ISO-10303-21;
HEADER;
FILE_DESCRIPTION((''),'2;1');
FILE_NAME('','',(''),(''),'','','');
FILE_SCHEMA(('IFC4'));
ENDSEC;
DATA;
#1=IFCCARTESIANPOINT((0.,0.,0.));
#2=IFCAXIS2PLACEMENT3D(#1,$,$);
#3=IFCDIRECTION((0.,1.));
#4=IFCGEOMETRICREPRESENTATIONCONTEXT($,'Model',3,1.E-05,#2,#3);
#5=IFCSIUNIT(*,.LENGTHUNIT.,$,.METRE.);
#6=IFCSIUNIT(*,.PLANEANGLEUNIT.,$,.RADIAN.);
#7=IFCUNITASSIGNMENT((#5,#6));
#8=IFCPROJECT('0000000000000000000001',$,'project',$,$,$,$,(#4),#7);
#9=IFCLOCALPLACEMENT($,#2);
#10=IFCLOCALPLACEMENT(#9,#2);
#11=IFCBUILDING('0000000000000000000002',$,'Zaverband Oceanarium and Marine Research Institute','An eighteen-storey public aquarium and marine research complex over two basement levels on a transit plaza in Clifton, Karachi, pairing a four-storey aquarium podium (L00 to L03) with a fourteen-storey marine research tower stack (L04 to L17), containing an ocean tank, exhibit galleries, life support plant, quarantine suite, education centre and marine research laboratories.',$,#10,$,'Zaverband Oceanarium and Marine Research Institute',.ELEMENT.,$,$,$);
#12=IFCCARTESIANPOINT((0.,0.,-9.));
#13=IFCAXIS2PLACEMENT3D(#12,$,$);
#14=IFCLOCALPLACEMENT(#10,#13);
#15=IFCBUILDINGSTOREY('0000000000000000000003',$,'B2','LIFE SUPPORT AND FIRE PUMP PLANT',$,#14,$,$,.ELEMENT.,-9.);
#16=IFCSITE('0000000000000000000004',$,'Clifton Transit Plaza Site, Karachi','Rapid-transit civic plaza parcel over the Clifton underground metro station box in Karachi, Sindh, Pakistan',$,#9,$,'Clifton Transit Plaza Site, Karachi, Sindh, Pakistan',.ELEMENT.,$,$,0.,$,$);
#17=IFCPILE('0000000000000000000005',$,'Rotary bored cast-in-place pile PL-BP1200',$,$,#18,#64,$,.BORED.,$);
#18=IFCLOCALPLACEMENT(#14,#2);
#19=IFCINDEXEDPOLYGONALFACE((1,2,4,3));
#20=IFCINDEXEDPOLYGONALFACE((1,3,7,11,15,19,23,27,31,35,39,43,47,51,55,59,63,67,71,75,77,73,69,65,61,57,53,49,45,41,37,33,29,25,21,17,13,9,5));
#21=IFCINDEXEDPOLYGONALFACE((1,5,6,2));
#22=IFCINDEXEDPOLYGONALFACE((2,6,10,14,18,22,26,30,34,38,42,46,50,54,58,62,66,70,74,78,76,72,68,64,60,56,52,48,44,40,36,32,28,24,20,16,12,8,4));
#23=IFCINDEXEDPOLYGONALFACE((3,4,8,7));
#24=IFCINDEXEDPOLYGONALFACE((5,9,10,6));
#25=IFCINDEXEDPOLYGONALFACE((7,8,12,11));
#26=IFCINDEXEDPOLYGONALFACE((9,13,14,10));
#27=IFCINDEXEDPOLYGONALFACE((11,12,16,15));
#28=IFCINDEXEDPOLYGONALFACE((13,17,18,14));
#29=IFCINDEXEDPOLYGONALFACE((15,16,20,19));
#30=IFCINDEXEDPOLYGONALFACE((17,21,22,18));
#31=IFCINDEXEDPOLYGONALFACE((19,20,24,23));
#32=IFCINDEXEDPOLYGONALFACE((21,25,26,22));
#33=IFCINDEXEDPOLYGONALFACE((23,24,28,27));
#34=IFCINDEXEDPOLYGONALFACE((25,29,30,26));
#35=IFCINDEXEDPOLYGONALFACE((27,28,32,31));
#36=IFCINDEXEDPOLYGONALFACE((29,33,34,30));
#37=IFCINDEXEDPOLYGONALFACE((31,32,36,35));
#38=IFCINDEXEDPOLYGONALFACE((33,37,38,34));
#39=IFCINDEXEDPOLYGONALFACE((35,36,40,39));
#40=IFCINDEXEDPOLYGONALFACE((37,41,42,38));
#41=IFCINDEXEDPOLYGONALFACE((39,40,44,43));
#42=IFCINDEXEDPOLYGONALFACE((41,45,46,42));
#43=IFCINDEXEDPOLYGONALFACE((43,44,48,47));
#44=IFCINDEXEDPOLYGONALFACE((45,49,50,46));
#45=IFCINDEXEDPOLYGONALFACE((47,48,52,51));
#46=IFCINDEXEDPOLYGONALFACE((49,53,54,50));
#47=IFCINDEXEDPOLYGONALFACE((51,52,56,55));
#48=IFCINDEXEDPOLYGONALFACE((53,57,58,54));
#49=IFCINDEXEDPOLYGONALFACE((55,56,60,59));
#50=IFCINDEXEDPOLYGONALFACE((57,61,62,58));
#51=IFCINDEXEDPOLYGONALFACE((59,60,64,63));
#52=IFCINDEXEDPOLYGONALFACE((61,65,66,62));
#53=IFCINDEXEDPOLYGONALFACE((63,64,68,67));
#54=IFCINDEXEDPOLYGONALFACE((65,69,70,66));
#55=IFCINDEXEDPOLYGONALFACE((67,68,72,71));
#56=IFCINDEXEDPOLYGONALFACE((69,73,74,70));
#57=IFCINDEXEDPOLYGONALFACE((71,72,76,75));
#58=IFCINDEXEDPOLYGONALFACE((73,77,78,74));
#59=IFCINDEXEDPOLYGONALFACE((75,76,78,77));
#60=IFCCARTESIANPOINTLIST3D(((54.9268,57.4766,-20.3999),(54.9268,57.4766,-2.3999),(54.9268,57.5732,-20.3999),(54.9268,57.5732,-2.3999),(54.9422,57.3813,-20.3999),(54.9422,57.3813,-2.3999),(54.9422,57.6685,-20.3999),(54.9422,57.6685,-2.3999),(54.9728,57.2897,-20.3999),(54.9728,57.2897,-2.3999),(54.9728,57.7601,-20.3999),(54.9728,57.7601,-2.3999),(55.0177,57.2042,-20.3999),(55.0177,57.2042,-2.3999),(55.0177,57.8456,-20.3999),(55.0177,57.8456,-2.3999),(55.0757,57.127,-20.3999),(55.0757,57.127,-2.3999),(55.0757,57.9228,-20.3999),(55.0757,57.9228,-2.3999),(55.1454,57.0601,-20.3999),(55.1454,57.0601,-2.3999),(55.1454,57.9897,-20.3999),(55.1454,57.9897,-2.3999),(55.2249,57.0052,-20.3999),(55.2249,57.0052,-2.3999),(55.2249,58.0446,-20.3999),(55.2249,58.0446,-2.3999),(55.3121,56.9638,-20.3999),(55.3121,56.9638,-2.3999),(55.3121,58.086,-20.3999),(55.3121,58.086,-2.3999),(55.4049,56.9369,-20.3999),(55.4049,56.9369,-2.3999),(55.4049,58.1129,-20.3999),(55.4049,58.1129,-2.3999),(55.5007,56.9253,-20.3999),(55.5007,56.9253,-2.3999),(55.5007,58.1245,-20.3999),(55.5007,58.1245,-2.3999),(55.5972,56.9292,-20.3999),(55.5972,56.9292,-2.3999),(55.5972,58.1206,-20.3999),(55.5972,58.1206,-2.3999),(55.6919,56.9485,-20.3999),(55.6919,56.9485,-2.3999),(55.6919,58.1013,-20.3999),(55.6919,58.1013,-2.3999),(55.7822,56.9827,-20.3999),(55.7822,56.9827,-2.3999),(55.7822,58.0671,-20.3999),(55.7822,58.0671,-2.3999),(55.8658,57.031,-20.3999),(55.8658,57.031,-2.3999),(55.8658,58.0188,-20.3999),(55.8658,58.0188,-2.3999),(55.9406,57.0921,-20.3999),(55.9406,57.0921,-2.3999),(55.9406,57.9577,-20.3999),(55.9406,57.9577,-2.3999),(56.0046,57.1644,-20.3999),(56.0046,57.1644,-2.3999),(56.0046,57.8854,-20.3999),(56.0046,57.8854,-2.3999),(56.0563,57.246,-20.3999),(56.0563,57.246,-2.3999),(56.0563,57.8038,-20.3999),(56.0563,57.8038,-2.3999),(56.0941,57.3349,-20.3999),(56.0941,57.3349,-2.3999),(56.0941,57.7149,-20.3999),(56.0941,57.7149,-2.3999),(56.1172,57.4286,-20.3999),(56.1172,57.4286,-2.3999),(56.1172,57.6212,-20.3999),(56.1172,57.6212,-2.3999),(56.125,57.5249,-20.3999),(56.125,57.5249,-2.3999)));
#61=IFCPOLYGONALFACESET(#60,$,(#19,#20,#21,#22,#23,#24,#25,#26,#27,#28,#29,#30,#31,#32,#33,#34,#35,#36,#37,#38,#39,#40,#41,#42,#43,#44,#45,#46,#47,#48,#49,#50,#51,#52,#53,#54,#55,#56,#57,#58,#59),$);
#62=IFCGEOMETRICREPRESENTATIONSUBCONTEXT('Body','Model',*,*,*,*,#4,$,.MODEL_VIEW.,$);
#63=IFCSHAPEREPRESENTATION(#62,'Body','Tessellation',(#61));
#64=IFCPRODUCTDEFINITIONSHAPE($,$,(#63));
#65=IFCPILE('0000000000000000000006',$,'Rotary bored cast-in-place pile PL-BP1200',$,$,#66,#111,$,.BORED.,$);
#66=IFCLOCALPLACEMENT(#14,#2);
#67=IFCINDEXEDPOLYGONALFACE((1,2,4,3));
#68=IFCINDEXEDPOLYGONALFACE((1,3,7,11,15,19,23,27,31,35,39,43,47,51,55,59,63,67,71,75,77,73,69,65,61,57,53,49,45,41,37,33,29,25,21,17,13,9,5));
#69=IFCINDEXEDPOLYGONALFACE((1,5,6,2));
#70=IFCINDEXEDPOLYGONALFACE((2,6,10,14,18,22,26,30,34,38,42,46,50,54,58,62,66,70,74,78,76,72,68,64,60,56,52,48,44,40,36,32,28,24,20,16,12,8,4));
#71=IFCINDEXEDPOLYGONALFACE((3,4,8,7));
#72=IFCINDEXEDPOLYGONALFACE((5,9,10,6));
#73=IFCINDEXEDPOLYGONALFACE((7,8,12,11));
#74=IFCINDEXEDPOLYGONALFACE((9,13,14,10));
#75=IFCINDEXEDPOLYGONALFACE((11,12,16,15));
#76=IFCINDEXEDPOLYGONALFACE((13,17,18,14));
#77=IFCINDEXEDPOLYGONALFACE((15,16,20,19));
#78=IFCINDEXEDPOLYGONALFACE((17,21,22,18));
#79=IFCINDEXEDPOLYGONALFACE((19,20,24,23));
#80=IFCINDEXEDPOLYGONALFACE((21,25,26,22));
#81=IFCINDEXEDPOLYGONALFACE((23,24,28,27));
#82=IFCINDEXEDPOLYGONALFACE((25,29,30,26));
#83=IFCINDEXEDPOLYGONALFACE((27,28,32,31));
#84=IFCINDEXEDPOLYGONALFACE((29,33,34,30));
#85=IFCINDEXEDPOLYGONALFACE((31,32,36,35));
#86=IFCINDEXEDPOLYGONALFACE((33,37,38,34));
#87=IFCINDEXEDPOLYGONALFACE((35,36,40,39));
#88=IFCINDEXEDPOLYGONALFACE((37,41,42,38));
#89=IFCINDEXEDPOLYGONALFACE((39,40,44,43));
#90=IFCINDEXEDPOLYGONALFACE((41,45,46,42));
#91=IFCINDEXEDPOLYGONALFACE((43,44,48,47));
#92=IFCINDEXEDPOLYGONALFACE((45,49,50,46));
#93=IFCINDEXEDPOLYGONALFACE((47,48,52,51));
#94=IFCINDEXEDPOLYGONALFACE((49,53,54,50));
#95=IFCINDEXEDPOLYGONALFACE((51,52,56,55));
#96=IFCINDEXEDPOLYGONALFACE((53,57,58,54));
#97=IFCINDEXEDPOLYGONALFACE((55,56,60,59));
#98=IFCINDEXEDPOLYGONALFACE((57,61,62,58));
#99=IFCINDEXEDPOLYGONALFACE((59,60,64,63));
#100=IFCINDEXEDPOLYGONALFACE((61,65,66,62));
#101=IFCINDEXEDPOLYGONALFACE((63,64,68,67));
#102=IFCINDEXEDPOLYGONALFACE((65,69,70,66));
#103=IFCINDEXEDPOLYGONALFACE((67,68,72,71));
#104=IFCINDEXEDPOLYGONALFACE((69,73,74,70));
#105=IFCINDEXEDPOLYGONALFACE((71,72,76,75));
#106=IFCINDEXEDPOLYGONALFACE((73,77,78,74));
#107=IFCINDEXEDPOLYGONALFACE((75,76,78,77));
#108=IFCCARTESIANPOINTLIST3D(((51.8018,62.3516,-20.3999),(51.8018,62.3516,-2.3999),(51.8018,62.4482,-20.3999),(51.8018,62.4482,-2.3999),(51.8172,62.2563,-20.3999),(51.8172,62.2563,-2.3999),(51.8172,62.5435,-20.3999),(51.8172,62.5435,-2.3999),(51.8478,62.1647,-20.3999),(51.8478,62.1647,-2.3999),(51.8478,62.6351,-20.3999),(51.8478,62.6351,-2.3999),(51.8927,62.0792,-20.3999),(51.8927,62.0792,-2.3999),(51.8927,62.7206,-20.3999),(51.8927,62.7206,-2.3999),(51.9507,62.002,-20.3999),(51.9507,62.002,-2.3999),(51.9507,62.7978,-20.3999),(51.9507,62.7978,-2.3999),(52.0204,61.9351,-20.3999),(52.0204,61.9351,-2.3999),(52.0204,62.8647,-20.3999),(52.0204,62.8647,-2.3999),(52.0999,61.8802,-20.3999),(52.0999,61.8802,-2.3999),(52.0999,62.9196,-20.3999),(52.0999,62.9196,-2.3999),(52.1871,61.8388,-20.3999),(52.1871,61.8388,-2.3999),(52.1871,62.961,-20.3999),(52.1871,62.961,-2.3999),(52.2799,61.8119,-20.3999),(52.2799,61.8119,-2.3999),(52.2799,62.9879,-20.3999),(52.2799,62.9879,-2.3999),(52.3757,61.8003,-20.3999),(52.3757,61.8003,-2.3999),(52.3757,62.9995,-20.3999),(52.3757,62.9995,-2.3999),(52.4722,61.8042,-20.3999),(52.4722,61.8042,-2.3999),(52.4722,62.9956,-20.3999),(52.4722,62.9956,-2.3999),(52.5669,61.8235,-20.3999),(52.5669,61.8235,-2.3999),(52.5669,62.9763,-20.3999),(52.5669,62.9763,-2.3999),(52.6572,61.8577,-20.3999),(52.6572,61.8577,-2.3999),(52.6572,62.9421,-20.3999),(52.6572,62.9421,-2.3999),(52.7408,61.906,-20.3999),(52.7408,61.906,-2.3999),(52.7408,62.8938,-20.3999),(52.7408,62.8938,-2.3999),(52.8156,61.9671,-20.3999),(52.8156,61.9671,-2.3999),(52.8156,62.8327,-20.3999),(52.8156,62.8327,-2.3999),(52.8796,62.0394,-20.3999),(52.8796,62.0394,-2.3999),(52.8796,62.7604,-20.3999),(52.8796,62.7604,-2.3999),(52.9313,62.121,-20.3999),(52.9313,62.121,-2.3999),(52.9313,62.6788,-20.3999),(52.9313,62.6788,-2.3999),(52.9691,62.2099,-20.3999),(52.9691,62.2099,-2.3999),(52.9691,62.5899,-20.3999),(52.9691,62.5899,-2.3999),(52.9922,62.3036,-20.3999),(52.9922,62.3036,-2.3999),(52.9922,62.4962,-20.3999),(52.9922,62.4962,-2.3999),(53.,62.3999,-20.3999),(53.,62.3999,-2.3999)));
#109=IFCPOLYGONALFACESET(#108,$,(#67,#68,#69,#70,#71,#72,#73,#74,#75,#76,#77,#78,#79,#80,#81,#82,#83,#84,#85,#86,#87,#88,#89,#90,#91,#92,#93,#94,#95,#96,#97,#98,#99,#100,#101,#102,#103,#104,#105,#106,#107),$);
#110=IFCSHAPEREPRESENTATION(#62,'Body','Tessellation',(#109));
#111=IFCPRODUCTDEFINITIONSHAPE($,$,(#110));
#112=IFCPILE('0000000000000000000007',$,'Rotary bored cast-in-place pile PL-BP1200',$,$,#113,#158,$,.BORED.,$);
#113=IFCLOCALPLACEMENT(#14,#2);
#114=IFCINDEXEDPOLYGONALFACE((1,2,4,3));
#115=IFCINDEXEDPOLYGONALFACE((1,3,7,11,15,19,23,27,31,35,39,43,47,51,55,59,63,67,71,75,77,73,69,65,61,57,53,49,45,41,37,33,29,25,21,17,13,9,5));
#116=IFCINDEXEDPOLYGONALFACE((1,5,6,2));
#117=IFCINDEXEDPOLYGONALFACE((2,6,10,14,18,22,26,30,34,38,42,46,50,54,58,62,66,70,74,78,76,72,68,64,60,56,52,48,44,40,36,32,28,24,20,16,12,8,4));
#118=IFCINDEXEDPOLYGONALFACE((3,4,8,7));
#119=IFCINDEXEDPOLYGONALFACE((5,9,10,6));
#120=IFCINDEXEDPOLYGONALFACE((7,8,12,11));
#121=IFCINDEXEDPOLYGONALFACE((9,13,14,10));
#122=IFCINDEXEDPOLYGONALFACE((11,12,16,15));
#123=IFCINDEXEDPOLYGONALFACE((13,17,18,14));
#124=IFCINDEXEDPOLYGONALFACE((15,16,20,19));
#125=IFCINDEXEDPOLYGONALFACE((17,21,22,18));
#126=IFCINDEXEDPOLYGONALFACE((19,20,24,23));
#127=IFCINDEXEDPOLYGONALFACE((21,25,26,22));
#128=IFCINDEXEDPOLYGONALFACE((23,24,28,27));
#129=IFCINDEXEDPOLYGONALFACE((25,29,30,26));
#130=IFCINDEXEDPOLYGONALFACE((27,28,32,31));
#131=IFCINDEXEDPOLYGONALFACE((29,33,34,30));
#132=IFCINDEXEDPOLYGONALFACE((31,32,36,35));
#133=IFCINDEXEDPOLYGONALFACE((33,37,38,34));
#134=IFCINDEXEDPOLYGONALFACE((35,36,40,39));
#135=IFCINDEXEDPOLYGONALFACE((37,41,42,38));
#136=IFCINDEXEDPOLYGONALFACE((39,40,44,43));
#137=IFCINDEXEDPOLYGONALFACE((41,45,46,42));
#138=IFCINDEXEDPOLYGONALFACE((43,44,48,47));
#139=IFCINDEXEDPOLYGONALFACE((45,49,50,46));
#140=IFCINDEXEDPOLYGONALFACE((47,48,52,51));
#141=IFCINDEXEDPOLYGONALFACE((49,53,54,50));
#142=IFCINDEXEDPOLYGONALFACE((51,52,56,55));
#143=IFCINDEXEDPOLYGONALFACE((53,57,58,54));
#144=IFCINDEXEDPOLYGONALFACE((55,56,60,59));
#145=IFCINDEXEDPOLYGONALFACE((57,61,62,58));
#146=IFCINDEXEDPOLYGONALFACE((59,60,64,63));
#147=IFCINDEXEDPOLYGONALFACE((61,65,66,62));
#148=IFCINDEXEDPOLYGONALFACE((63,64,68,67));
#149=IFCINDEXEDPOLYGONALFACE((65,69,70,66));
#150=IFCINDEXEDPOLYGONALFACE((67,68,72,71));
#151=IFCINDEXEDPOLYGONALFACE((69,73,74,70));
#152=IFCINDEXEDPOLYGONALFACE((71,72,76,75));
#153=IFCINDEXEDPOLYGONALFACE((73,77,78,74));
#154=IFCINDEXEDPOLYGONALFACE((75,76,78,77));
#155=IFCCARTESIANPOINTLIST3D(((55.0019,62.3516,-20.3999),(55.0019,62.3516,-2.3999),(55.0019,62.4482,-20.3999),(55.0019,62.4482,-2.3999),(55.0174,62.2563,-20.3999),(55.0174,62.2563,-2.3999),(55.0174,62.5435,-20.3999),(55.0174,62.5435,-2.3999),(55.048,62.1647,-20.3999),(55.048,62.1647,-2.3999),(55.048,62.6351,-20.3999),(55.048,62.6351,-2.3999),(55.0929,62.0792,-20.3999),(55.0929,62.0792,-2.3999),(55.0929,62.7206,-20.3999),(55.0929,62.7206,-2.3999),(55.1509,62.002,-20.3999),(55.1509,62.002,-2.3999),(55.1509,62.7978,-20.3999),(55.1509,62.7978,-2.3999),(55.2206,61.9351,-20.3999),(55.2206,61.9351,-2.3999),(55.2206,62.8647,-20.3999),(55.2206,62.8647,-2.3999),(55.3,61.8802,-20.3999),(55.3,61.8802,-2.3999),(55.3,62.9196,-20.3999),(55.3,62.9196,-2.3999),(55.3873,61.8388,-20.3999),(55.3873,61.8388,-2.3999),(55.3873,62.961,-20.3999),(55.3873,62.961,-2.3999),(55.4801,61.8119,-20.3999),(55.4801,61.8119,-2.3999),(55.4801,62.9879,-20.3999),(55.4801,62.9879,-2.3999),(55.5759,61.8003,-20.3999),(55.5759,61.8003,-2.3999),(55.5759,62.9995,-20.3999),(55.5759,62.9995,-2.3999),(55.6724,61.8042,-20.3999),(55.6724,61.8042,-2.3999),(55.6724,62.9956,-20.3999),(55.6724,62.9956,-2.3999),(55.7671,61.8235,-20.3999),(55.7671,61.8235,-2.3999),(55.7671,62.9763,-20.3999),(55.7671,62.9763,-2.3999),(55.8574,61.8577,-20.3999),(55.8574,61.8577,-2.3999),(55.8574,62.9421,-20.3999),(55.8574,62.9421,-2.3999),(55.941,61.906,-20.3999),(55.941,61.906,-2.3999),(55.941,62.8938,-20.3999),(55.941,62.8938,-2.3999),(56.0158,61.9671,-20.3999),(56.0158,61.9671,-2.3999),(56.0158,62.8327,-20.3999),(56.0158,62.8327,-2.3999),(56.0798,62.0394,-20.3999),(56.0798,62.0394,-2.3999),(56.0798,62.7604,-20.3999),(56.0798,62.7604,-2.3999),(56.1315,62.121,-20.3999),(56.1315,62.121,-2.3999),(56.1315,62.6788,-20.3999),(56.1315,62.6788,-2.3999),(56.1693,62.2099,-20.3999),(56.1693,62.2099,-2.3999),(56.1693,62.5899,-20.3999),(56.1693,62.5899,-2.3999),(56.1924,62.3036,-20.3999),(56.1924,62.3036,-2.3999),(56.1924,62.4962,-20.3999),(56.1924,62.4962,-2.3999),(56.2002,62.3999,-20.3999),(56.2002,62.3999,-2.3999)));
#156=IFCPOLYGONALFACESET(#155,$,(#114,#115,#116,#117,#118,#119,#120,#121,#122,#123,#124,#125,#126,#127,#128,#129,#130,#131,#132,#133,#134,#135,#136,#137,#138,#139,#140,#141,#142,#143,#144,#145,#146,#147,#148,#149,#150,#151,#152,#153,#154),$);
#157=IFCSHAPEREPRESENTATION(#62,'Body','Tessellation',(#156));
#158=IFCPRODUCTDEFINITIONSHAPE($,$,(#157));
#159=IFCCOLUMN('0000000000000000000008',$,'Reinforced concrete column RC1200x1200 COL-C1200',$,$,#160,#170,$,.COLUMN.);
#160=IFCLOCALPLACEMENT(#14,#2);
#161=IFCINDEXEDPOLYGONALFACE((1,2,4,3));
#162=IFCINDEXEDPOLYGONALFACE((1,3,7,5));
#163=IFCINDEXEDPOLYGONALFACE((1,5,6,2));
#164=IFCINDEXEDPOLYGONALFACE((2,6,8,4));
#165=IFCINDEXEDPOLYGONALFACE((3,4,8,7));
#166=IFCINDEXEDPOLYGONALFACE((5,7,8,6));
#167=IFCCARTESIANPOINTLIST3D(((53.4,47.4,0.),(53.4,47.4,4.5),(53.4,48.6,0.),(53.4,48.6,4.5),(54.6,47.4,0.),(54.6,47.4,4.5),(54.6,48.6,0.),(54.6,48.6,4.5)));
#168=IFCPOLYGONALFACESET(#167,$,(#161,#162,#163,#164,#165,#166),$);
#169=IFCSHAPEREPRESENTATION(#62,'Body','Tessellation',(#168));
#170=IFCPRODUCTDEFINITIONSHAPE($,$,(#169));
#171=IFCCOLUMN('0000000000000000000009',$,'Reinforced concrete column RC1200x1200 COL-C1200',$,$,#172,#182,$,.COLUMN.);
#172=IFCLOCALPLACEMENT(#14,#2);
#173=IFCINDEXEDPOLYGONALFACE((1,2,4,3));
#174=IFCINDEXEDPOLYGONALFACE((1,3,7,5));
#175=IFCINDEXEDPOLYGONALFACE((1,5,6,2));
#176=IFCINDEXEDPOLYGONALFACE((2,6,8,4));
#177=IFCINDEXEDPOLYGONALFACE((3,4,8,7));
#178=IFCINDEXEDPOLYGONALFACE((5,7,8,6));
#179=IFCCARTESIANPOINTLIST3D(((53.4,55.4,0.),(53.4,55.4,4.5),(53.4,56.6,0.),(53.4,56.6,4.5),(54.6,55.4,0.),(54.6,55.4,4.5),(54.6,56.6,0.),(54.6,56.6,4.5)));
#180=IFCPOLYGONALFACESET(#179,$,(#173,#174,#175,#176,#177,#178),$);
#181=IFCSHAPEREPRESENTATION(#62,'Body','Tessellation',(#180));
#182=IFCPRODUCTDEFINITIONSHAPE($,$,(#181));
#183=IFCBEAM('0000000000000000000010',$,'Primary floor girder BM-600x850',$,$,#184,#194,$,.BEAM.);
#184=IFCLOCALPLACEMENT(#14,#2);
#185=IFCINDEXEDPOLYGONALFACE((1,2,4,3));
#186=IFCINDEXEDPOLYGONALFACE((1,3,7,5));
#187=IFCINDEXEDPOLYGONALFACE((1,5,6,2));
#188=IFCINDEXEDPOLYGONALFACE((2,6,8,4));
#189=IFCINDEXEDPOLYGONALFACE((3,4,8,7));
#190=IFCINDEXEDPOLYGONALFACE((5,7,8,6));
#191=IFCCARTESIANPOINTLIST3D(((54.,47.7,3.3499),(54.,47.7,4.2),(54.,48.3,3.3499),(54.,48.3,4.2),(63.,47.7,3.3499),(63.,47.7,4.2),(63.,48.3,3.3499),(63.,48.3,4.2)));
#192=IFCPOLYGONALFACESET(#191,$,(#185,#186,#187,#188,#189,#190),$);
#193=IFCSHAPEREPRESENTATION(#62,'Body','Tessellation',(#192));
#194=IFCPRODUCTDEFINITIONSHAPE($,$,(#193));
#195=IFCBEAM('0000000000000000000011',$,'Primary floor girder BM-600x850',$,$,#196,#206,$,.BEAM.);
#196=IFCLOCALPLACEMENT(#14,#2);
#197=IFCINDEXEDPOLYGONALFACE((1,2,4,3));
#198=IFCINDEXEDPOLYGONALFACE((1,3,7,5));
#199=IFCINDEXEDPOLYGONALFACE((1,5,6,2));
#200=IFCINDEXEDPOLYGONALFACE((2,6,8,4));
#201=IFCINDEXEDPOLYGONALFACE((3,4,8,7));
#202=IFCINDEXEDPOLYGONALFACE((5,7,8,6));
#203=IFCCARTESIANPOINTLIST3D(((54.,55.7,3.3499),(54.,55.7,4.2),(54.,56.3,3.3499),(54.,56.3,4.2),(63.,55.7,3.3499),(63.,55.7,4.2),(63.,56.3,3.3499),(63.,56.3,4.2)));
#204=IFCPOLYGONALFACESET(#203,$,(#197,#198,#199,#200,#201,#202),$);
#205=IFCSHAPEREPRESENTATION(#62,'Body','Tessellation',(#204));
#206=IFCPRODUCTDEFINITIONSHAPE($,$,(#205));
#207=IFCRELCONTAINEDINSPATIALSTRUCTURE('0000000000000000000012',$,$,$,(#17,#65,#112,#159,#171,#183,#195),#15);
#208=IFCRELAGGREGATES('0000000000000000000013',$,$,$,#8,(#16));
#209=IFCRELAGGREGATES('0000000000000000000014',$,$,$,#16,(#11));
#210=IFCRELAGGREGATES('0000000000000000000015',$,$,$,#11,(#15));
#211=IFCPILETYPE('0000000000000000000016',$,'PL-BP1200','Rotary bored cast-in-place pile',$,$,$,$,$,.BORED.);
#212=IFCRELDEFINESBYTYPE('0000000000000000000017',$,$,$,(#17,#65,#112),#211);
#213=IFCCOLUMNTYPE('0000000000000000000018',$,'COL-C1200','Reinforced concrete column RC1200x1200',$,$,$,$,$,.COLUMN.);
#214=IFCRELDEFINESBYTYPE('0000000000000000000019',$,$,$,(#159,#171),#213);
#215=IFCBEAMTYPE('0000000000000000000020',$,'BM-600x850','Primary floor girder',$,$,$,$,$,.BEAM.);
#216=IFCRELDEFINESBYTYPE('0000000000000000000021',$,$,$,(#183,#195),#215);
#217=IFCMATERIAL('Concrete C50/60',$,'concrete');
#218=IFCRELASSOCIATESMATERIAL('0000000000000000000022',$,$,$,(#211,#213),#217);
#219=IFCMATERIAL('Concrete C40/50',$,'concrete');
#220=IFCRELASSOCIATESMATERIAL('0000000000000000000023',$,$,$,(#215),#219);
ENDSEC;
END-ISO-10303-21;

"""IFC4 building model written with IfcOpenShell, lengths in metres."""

from ifc_helpers import new_model, si_unit, direction, frame, origin, origin_2d, place, context, subcontext, project, spatial, rectangle, circle, extrude, material, material_profile, profile_set, type_object, element, save


model = new_model("IFC4")

# Units and contexts
model_context = context("Model", 3, precision=1e-05, world=origin(), true_north=direction((0.0, 1.0)))
body_context = subcontext(model_context, "Body", "Model", "MODEL_VIEW")
ifc_project = project(units=[si_unit("LENGTHUNIT", "METRE"), si_unit("PLANEANGLEUNIT", "RADIAN")], contexts=[model_context])

# Site, building, storey
site_placement = place(None, origin())
site = spatial("IfcSite", under=ifc_project, at=site_placement, Name="Clifton Transit Plaza Site, Karachi", Description="Rapid-transit civic plaza parcel over the Clifton underground metro station box in Karachi, Sindh, Pakistan", LongName="Clifton Transit Plaza Site, Karachi, Sindh, Pakistan", CompositionType="ELEMENT", RefElevation=0.0)
building_placement = place(site_placement, origin())
building = spatial("IfcBuilding", under=site, at=building_placement, Name="Zaverband Oceanarium and Marine Research Institute", Description="An eighteen-storey public aquarium and marine research complex over two basement levels on a transit plaza in Clifton, Karachi, pairing a four-storey aquarium podium (L00 to L03) with a fourteen-storey marine research tower stack (L04 to L17), containing an ocean tank, exhibit galleries, life support plant, quarantine suite, education centre and marine research laboratories.", LongName="Zaverband Oceanarium and Marine Research Institute", CompositionType="ELEMENT")
storey_placement = place(building_placement, frame((0.0, 0.0, -9.0)))
storey = spatial("IfcBuildingStorey", under=building, at=storey_placement, Name="B2", Description="LIFE SUPPORT AND FIRE PUMP PLANT", CompositionType="ELEMENT", Elevation=-9.0)

# Shared definitions
ifc_material_1 = material(Name="Concrete C50/60", Category="concrete")

# Piles
ifc_material_profile_1 = material_profile(ifc_material_1, circle(Radius=0.6001, at=origin_2d()), Name="BP1200")
ifc_profile_set_1 = profile_set([ifc_material_profile_1], Name="Concrete C50/60")
pile_type = type_object("IfcPileType", Name="PL-BP1200", Description="Rotary bored cast-in-place pile", PredefinedType="BORED", material=ifc_profile_set_1)
for number, where, z_axis, x_axis, name in (
    (1, (55.5249, 57.5249, -2.3999), (0.0, 0.0, -1.0), (1.0, 0.0, 0.0), "Rotary bored cast-in-place pile PL-BP1200"),
    (2, (52.3999, 62.3999, -2.3999), (0.0, 0.0, -1.0), (1.0, 0.0, 0.0), "Rotary bored cast-in-place pile PL-BP1200"),
    (3, (55.6001, 62.3999, -2.3999), (0.0, 0.0, -1.0), (1.0, 0.0, 0.0), "Rotary bored cast-in-place pile PL-BP1200"),
):
    element("IfcPile", number, at=place(storey_placement, frame(where, z_axis=z_axis, x_axis=x_axis)), inside=storey, type_object=pile_type, Name=name, PredefinedType="BORED", context=body_context, shape_type="SweptSolid", body=[
        extrude(circle(Radius=0.6001, at=origin_2d()), origin(), (0.0, 0.0, 1.0), 18.0),
    ])

# Columns
ifc_material_profile_2 = material_profile(ifc_material_1, rectangle(XDim=1.2, YDim=1.2, at=origin_2d()), Name="RC1200x1200")
ifc_profile_set_2 = profile_set([ifc_material_profile_2], Name="Concrete C50/60")
column_type = type_object("IfcColumnType", Name="COL-C1200", Description="Reinforced concrete column RC1200x1200", PredefinedType="COLUMN", material=ifc_profile_set_2)
for number, where, z_axis, x_axis, name in (
    (4, (54.0, 48.0, 0.0), (0.0, 0.0, 1.0), (1.0, 0.0, 0.0), "Reinforced concrete column RC1200x1200 COL-C1200"),
    (5, (54.0, 56.0, 0.0), (0.0, 0.0, 1.0), (1.0, 0.0, 0.0), "Reinforced concrete column RC1200x1200 COL-C1200"),
):
    element("IfcColumn", number, at=place(storey_placement, frame(where, z_axis=z_axis, x_axis=x_axis)), inside=storey, type_object=column_type, Name=name, PredefinedType="COLUMN", context=body_context, shape_type="SweptSolid", body=[
        extrude(rectangle(XDim=1.2, YDim=1.2, at=origin_2d()), origin(), (0.0, 0.0, 1.0), 4.5),
    ])

# Beams
ifc_material_2 = material(Name="Concrete C40/50", Category="concrete")
ifc_material_profile_3 = material_profile(ifc_material_2, rectangle(XDim=0.6001, YDim=0.8501, at=origin_2d()), Name="RC600x850")
ifc_profile_set_3 = profile_set([ifc_material_profile_3], Name="Concrete C40/50")
beam_type_1 = type_object("IfcBeamType", Name="BM-600x850", Description="Primary floor girder", PredefinedType="BEAM", material=ifc_profile_set_3)
for number, where, z_axis, x_axis, name in (
    (6, (54.0, 48.0, 3.7749), (1.0, 0.0, 0.0), (0.0, 1.0, 0.0), "Primary floor girder BM-600x850"),
    (7, (54.0, 56.0, 3.7749), (1.0, 0.0, 0.0), (0.0, 1.0, 0.0), "Primary floor girder BM-600x850"),
):
    element("IfcBeam", number, at=place(storey_placement, frame(where, z_axis=z_axis, x_axis=x_axis)), inside=storey, type_object=beam_type_1, Name=name, PredefinedType="BEAM", context=body_context, shape_type="SweptSolid", body=[
        extrude(rectangle(XDim=0.6001, YDim=0.8501, at=origin_2d()), origin(), (0.0, 0.0, 1.0), 9.0),
    ])

save(model, "model.ifc")
